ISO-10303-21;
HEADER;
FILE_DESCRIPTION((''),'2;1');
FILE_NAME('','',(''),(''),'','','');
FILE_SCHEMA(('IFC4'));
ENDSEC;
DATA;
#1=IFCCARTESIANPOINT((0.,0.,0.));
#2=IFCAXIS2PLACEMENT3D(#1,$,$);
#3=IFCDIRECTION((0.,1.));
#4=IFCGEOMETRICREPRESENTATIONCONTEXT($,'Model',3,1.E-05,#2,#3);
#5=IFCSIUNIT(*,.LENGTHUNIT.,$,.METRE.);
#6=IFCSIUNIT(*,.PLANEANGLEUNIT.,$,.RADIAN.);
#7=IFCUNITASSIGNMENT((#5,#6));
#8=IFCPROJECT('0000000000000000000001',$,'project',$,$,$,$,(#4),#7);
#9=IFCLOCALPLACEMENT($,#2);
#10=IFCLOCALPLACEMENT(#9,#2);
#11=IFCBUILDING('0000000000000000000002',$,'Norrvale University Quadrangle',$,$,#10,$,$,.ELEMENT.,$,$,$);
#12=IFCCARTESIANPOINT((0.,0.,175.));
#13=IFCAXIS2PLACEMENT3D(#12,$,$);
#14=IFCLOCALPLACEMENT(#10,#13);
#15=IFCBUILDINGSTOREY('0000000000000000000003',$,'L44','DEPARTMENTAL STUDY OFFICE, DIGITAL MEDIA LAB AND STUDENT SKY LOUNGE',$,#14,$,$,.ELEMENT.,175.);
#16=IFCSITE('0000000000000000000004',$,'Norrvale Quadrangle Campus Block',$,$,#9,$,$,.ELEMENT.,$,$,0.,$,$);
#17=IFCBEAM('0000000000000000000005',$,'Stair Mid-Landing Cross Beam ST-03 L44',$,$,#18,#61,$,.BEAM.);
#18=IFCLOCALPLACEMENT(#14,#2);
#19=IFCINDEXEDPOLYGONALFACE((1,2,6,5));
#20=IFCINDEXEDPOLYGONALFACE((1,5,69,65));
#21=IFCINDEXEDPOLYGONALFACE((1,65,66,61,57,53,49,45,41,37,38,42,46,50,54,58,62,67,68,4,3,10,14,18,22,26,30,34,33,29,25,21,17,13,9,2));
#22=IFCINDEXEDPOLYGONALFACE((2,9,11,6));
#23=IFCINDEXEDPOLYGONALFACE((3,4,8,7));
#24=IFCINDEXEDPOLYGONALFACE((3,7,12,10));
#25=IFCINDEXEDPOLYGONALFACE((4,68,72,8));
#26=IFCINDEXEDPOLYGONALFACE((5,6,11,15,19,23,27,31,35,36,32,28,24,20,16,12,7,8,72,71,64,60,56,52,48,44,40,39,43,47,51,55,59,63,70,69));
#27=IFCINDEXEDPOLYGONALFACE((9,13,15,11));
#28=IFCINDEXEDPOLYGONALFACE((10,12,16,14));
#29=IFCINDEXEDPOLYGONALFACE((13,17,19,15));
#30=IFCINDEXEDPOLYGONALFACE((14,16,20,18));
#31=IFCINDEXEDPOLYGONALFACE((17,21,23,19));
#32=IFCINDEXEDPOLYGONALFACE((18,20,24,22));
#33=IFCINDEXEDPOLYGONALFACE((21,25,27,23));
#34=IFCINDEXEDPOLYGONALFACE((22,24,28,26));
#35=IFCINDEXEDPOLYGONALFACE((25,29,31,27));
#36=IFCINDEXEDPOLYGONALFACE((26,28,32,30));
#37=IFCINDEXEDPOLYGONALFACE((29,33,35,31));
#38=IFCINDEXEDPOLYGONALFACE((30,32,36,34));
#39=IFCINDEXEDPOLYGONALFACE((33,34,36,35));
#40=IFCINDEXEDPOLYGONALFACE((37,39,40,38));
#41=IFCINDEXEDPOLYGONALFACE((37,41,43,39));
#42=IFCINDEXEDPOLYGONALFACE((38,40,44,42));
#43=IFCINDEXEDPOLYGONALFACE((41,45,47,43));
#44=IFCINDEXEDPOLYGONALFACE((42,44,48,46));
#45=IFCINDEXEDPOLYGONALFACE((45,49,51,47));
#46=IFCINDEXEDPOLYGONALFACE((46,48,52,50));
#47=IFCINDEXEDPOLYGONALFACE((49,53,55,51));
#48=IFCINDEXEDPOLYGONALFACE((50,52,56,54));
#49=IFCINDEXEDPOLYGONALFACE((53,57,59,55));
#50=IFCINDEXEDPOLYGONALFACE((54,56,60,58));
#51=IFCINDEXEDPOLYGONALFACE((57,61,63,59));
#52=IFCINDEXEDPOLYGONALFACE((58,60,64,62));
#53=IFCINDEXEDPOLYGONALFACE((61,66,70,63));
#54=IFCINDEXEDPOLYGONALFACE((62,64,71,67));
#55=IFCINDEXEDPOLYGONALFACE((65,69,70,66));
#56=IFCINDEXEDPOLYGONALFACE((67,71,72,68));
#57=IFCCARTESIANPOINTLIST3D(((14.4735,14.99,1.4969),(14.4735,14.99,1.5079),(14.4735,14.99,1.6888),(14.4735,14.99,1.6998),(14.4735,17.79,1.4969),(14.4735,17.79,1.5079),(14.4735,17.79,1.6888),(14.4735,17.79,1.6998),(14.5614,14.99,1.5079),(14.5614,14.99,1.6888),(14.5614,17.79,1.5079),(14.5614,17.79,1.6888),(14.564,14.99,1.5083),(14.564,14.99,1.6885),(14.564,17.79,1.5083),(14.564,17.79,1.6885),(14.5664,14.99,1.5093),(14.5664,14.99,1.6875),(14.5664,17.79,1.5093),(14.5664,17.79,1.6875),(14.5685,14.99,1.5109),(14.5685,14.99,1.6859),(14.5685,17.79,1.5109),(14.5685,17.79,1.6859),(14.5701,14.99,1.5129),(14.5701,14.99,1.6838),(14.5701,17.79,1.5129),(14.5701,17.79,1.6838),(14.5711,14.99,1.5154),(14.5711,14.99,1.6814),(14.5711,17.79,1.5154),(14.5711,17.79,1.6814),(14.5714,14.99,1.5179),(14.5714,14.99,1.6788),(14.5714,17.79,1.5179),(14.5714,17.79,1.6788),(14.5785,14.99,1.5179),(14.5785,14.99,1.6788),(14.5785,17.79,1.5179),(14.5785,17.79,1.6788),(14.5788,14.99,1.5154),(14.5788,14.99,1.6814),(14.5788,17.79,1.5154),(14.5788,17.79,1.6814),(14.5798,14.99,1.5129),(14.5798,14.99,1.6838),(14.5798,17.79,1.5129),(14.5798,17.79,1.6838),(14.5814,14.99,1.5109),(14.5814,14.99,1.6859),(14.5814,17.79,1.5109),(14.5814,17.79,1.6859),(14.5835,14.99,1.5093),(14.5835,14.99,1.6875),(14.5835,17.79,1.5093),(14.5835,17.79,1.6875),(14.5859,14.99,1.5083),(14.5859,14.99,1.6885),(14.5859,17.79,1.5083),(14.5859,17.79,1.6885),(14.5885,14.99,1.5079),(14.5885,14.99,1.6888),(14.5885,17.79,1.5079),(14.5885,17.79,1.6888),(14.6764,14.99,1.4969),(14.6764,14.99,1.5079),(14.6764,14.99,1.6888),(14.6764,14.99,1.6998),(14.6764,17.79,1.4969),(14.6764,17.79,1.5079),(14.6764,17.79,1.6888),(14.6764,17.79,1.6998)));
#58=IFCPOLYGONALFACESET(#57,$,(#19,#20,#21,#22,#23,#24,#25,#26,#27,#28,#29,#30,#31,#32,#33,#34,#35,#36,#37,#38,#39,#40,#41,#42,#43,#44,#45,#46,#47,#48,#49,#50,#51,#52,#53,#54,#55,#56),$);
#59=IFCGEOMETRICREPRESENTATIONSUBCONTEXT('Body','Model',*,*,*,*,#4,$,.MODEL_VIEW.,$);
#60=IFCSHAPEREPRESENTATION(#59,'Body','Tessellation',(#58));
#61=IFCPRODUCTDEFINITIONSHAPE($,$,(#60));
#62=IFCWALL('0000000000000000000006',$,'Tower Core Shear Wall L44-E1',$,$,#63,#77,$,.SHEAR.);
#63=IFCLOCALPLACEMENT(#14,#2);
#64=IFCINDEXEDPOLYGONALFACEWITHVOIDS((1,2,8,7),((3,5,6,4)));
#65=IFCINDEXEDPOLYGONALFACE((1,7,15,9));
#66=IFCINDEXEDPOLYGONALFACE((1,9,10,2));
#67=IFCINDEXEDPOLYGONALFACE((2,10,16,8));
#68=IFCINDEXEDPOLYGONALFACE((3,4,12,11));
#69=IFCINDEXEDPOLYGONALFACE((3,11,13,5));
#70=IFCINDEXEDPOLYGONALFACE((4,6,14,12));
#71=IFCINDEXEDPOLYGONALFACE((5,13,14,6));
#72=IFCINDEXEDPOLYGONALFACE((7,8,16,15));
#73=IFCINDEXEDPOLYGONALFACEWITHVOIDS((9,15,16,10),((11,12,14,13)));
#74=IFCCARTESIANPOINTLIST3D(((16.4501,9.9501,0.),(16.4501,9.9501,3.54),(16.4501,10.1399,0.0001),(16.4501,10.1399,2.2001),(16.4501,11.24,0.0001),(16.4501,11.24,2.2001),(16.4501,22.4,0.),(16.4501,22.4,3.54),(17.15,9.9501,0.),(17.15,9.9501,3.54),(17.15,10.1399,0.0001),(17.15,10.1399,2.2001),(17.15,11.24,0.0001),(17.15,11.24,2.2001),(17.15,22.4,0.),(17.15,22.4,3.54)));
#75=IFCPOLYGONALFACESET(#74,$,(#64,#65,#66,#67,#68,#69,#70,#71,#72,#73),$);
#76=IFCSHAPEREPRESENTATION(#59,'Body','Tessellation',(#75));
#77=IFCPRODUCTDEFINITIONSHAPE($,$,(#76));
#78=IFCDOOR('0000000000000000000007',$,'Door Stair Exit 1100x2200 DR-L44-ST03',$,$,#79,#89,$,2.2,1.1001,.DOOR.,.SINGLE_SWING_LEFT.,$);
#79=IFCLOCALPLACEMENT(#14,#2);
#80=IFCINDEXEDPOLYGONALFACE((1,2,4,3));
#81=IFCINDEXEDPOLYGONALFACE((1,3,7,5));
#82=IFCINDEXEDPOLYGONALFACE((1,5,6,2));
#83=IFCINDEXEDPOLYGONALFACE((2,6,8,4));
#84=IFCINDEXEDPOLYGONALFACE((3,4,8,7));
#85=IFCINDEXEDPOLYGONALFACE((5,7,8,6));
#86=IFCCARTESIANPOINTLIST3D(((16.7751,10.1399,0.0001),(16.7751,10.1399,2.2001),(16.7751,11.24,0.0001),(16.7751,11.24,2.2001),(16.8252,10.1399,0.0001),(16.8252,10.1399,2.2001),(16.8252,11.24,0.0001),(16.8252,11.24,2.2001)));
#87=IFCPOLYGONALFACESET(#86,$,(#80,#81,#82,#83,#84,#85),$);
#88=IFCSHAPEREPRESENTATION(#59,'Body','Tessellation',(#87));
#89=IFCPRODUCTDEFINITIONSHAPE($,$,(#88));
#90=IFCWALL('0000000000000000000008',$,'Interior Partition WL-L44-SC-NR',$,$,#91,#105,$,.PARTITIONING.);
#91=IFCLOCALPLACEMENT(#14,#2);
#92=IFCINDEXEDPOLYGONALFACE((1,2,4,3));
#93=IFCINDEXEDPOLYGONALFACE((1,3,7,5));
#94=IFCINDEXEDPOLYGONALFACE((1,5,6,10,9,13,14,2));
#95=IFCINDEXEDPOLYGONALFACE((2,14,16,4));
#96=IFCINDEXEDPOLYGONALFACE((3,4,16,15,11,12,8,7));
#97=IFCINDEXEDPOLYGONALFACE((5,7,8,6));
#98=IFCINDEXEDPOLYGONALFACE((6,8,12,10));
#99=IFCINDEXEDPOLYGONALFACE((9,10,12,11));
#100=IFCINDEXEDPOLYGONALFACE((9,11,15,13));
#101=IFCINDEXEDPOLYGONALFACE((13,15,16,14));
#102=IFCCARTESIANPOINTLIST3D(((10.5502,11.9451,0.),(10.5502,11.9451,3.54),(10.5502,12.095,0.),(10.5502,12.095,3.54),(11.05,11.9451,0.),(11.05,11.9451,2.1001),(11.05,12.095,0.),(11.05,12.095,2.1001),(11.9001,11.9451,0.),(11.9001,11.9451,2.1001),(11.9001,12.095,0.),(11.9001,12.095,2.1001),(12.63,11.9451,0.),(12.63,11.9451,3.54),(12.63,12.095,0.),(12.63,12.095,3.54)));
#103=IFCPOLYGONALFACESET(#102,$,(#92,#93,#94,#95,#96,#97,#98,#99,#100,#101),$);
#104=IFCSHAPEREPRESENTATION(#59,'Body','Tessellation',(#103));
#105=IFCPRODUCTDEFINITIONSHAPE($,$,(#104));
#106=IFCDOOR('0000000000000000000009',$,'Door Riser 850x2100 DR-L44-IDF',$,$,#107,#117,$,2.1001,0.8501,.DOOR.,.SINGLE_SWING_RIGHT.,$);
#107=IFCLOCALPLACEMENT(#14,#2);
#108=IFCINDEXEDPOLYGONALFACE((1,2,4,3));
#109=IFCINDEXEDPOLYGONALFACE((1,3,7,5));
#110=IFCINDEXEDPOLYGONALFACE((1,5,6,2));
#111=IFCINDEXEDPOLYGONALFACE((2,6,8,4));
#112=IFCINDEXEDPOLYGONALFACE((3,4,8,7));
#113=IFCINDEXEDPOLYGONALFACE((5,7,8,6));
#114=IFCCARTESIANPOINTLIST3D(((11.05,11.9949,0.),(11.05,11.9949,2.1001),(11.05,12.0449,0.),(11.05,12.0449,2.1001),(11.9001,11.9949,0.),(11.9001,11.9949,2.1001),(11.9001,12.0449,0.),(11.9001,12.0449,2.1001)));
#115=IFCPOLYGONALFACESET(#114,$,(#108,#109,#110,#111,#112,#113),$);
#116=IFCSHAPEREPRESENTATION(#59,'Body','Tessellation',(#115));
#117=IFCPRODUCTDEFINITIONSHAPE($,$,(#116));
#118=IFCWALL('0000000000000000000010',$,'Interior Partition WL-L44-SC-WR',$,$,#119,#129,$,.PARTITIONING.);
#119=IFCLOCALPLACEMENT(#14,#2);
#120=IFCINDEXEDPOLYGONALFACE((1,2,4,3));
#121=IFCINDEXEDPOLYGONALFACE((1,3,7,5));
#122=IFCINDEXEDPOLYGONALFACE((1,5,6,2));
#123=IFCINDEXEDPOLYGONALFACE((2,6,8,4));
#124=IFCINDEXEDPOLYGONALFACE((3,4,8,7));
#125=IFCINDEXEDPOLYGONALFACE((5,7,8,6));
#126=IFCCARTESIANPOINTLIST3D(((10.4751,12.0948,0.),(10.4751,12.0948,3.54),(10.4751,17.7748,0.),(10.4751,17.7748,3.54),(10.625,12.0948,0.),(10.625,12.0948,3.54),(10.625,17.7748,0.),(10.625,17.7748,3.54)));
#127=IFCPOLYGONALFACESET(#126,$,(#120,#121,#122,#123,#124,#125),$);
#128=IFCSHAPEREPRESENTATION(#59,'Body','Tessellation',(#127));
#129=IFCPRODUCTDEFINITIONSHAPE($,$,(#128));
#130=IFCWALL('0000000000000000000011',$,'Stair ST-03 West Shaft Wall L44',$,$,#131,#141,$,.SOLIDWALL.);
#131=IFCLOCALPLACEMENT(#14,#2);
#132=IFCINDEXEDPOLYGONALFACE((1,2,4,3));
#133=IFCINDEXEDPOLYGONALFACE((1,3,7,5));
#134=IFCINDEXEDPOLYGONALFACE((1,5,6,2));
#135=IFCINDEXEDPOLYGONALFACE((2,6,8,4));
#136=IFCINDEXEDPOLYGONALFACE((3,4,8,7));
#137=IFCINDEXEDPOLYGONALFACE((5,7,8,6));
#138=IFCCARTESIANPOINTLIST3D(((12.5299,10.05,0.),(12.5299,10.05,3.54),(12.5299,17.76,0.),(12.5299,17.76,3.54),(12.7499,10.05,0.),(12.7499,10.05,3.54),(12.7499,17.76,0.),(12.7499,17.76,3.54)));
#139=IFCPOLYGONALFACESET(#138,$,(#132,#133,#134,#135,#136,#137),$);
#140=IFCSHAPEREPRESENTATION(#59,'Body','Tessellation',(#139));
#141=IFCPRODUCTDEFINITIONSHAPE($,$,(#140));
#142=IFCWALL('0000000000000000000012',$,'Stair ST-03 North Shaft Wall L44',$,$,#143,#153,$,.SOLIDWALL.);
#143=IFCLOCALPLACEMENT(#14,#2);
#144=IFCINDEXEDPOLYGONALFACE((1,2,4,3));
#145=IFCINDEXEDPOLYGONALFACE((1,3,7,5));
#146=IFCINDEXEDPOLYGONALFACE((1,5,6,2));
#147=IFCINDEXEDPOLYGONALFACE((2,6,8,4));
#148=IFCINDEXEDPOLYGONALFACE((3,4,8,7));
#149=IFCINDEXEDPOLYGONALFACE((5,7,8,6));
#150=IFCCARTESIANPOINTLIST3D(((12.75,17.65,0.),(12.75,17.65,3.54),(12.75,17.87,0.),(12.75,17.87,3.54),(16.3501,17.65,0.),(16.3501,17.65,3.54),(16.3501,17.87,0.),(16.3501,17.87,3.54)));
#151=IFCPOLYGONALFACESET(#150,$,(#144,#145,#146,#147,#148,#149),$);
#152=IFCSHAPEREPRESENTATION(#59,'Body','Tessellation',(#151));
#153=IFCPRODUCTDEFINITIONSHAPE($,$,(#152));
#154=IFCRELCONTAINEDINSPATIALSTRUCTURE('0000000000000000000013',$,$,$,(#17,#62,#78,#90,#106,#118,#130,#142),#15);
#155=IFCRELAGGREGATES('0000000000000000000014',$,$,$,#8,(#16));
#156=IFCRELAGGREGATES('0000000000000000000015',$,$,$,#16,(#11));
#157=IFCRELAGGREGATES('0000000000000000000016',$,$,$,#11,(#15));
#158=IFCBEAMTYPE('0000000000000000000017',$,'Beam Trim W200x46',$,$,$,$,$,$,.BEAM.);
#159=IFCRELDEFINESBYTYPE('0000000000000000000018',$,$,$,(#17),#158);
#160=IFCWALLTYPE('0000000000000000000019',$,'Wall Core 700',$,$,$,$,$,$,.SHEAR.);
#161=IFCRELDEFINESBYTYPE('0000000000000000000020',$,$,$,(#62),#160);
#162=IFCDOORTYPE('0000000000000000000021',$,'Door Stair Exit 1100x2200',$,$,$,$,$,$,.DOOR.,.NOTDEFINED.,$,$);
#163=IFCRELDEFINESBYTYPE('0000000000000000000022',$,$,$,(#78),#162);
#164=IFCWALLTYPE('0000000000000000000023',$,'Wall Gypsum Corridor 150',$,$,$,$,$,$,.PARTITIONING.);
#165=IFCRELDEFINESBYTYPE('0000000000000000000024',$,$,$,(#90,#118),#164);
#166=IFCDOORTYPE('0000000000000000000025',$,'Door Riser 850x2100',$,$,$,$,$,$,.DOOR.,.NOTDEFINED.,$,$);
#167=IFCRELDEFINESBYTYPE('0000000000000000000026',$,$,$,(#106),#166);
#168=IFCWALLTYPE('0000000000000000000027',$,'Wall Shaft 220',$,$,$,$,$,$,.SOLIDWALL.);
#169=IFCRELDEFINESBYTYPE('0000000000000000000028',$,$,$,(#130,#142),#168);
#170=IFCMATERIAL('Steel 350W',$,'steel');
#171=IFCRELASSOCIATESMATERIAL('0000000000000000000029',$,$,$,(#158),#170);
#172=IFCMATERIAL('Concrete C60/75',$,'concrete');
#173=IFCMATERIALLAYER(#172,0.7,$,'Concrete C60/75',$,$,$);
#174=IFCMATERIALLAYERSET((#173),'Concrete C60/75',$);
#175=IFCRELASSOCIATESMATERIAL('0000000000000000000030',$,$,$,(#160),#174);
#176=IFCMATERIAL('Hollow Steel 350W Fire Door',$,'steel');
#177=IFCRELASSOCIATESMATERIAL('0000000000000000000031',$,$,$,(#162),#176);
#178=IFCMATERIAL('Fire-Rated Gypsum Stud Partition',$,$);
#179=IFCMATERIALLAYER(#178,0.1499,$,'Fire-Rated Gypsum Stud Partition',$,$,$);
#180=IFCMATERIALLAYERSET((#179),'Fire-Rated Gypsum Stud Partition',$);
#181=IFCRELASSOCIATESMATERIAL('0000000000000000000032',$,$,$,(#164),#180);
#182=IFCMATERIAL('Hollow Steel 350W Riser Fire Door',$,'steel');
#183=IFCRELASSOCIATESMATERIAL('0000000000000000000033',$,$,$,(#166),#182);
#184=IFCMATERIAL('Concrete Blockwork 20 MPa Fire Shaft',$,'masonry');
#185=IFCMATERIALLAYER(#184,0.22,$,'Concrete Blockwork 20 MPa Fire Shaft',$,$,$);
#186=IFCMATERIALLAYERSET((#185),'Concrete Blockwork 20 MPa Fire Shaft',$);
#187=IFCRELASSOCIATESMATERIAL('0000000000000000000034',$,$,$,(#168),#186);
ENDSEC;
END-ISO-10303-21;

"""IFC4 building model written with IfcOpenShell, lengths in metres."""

from ifc_helpers import new_model, si_unit, direction, frame, frame_2d, origin, origin_2d, place, context, subcontext, project, spatial, rectangle, i_section, extrude, material, layer, layer_set, material_profile, profile_set, type_object, element, fill, save


model = new_model("IFC4")

# Units and contexts
model_context = context("Model", 3, precision=1e-05, world=origin(), true_north=direction((0.0, 1.0)))
body_context = subcontext(model_context, "Body", "Model", "MODEL_VIEW")
ifc_project = project(units=[si_unit("LENGTHUNIT", "METRE"), si_unit("PLANEANGLEUNIT", "RADIAN")], contexts=[model_context])

# Site, building, storey
site_placement = place(None, origin())
site = spatial("IfcSite", under=ifc_project, at=site_placement, Name="Norrvale Quadrangle Campus Block", CompositionType="ELEMENT", RefElevation=0.0)
building_placement = place(site_placement, origin())
building = spatial("IfcBuilding", under=site, at=building_placement, Name="Norrvale University Quadrangle", CompositionType="ELEMENT")
storey_placement = place(building_placement, frame((0.0, 0.0, 175.0)))
storey = spatial("IfcBuildingStorey", under=building, at=storey_placement, Name="L44", Description="DEPARTMENTAL STUDY OFFICE, DIGITAL MEDIA LAB AND STUDENT SKY LOUNGE", CompositionType="ELEMENT", Elevation=175.0)

# Beam
ifc_material_1 = material(Name="Steel 350W", Category="steel")
ifc_material_profile_1 = material_profile(ifc_material_1, i_section(OverallWidth=0.2029, OverallDepth=0.2029, WebThickness=0.0071, FlangeThickness=0.011, FilletRadius=0.01, at=origin_2d()), Name="Steel 350W")
ifc_profile_set_1 = profile_set([ifc_material_profile_1], Name="Steel 350W")
beam_type_1 = type_object("IfcBeamType", Name="Beam Trim W200x46", PredefinedType="BEAM", material=ifc_profile_set_1)
beam_placement = place(storey_placement, frame((14.575, 14.99, 1.5984), z_axis=(0.0, 1.0, 0.0), x_axis=(-1.0, 0.0, 0.0)))
element("IfcBeam", 1, at=beam_placement, inside=storey, type_object=beam_type_1, Name="Stair Mid-Landing Cross Beam ST-03 L44", PredefinedType="BEAM", context=body_context, shape_type="SweptSolid", body=[
    extrude(i_section(OverallWidth=0.2029, OverallDepth=0.2029, WebThickness=0.0071, FlangeThickness=0.011, FilletRadius=0.01, at=origin_2d()), origin(), (0.0, 0.0, 1.0), 2.8),
])

# Walls, openings, doors
ifc_material_2 = material(Name="Concrete C60/75", Category="concrete")
ifc_layer_1 = layer(ifc_material_2, 0.7, Name="Concrete C60/75")
ifc_layer_set_1 = layer_set([ifc_layer_1], Name="Concrete C60/75")
wall_type_1 = type_object("IfcWallType", Name="Wall Core 700", PredefinedType="SHEAR", material=ifc_layer_set_1)
wall_1_placement = place(storey_placement, frame((16.8, 9.95, 0.0), z_axis=(0.0, 0.0, 1.0), x_axis=(0.0, 1.0, 0.0)))
wall_1 = element("IfcWall", 2, at=wall_1_placement, inside=storey, type_object=wall_type_1, Name="Tower Core Shear Wall L44-E1", PredefinedType="SHEAR", context=body_context, shape_type="SweptSolid", body=[
    extrude(rectangle(XDim=12.45, YDim=0.7, at=frame_2d((6.2251, 0.0))), origin(), (0.0, 0.0, 1.0), 3.54),
])
opening_1_placement = place(wall_1_placement, frame((0.1899, 0.0, 0.0)))
opening_1 = element("IfcOpeningElement", 3, at=opening_1_placement, cuts=wall_1, PredefinedType="OPENING", context=body_context, shape_type="SweptSolid", body=[
    extrude(rectangle(XDim=1.1001, YDim=2.2, at=frame_2d((0.55, 1.1001))), frame((0.0, 0.3621, 0.0), z_axis=(0.0, -1.0, 0.0), x_axis=(1.0, 0.0, 0.0)), (0.0, 0.0, 1.0), 0.7239),
])
ifc_material_3 = material(Name="Hollow Steel 350W Fire Door", Category="steel")
door_type_1 = type_object("IfcDoorType", Name="Door Stair Exit 1100x2200", OperationType="NOTDEFINED", PredefinedType="DOOR", material=ifc_material_3)
door_1_placement = place(opening_1_placement, origin())
door_1 = element("IfcDoor", 4, at=door_1_placement, inside=storey, type_object=door_type_1, Name="Door Stair Exit 1100x2200 DR-L44-ST03", OperationType="SINGLE_SWING_LEFT", OverallHeight=2.2, OverallWidth=1.1001, PredefinedType="DOOR", context=body_context, shape_type="SweptSolid", body=[
    extrude(rectangle(XDim=1.1001, YDim=2.2, at=frame_2d((0.55, 1.1001))), frame((0.0, 0.0249, 0.0), z_axis=(0.0, -1.0, 0.0), x_axis=(1.0, 0.0, 0.0)), (0.0, 0.0, 1.0), 0.05),
])
fill(opening_1, door_1)
ifc_material_4 = material(Name="Fire-Rated Gypsum Stud Partition")
ifc_layer_2 = layer(ifc_material_4, 0.1499, Name="Fire-Rated Gypsum Stud Partition")
ifc_layer_set_2 = layer_set([ifc_layer_2], Name="Fire-Rated Gypsum Stud Partition")
wall_type_2 = type_object("IfcWallType", Name="Wall Gypsum Corridor 150", PredefinedType="PARTITIONING", material=ifc_layer_set_2)
wall_2_placement = place(storey_placement, frame((10.55, 12.02, 0.0), z_axis=(0.0, 0.0, 1.0), x_axis=(1.0, 0.0, 0.0)))
wall_2 = element("IfcWall", 5, at=wall_2_placement, inside=storey, type_object=wall_type_2, Name="Interior Partition WL-L44-SC-NR", PredefinedType="PARTITIONING", context=body_context, shape_type="SweptSolid", body=[
    extrude(rectangle(XDim=2.0798, YDim=0.1499, at=frame_2d((1.04, 0.0))), origin(), (0.0, 0.0, 1.0), 3.54),
])
opening_2_placement = place(wall_2_placement, frame((0.5, 0.0, 0.0)))
opening_2 = element("IfcOpeningElement", 6, at=opening_2_placement, cuts=wall_2, PredefinedType="OPENING", context=body_context, shape_type="SweptSolid", body=[
    extrude(rectangle(XDim=0.8501, YDim=2.1001, at=frame_2d((0.425, 1.05))), frame((0.0, 0.0869, 0.0), z_axis=(0.0, -1.0, 0.0), x_axis=(1.0, 0.0, 0.0)), (0.0, 0.0, 1.0), 0.1738),
])
ifc_material_5 = material(Name="Hollow Steel 350W Riser Fire Door", Category="steel")
door_type_2 = type_object("IfcDoorType", Name="Door Riser 850x2100", OperationType="NOTDEFINED", PredefinedType="DOOR", material=ifc_material_5)
door_2_placement = place(opening_2_placement, origin())
door_2 = element("IfcDoor", 7, at=door_2_placement, inside=storey, type_object=door_type_2, Name="Door Riser 850x2100 DR-L44-IDF", OperationType="SINGLE_SWING_RIGHT", OverallHeight=2.1001, OverallWidth=0.8501, PredefinedType="DOOR", context=body_context, shape_type="SweptSolid", body=[
    extrude(rectangle(XDim=0.8501, YDim=2.1001, at=frame_2d((0.425, 1.05))), frame((0.0, 0.0249, 0.0), z_axis=(0.0, -1.0, 0.0), x_axis=(1.0, 0.0, 0.0)), (0.0, 0.0, 1.0), 0.05),
])
fill(opening_2, door_2)

# Walls
wall_3_placement = place(storey_placement, frame((10.55, 12.095, 0.0), z_axis=(0.0, 0.0, 1.0), x_axis=(0.0, 1.0, 0.0)))
element("IfcWall", 8, at=wall_3_placement, inside=storey, type_object=wall_type_2, Name="Interior Partition WL-L44-SC-WR", PredefinedType="PARTITIONING", context=body_context, shape_type="SweptSolid", body=[
    extrude(rectangle(XDim=5.6799, YDim=0.1499, at=frame_2d((2.8398, 0.0))), origin(), (0.0, 0.0, 1.0), 3.54),
])
ifc_material_6 = material(Name="Concrete Blockwork 20 MPa Fire Shaft", Category="masonry")
ifc_layer_3 = layer(ifc_material_6, 0.22, Name="Concrete Blockwork 20 MPa Fire Shaft")
ifc_layer_set_3 = layer_set([ifc_layer_3], Name="Concrete Blockwork 20 MPa Fire Shaft")
wall_type_3 = type_object("IfcWallType", Name="Wall Shaft 220", PredefinedType="SOLIDWALL", material=ifc_layer_set_3)
wall_4_placement = place(storey_placement, frame((12.6399, 10.05, 0.0), z_axis=(0.0, 0.0, 1.0), x_axis=(0.0, 1.0, 0.0)))
element("IfcWall", 9, at=wall_4_placement, inside=storey, type_object=wall_type_3, Name="Stair ST-03 West Shaft Wall L44", PredefinedType="SOLIDWALL", context=body_context, shape_type="SweptSolid", body=[
    extrude(rectangle(XDim=7.71, YDim=0.22, at=frame_2d((3.855, 0.0))), origin(), (0.0, 0.0, 1.0), 3.54),
])
wall_5_placement = place(storey_placement, frame((12.75, 17.76, 0.0), z_axis=(0.0, 0.0, 1.0), x_axis=(1.0, 0.0, 0.0)))
element("IfcWall", 10, at=wall_5_placement, inside=storey, type_object=wall_type_3, Name="Stair ST-03 North Shaft Wall L44", PredefinedType="SOLIDWALL", context=body_context, shape_type="SweptSolid", body=[
    extrude(rectangle(XDim=3.6001, YDim=0.22, at=frame_2d((1.8, 0.0))), origin(), (0.0, 0.0, 1.0), 3.54),
])

save(model, "model.ifc")
